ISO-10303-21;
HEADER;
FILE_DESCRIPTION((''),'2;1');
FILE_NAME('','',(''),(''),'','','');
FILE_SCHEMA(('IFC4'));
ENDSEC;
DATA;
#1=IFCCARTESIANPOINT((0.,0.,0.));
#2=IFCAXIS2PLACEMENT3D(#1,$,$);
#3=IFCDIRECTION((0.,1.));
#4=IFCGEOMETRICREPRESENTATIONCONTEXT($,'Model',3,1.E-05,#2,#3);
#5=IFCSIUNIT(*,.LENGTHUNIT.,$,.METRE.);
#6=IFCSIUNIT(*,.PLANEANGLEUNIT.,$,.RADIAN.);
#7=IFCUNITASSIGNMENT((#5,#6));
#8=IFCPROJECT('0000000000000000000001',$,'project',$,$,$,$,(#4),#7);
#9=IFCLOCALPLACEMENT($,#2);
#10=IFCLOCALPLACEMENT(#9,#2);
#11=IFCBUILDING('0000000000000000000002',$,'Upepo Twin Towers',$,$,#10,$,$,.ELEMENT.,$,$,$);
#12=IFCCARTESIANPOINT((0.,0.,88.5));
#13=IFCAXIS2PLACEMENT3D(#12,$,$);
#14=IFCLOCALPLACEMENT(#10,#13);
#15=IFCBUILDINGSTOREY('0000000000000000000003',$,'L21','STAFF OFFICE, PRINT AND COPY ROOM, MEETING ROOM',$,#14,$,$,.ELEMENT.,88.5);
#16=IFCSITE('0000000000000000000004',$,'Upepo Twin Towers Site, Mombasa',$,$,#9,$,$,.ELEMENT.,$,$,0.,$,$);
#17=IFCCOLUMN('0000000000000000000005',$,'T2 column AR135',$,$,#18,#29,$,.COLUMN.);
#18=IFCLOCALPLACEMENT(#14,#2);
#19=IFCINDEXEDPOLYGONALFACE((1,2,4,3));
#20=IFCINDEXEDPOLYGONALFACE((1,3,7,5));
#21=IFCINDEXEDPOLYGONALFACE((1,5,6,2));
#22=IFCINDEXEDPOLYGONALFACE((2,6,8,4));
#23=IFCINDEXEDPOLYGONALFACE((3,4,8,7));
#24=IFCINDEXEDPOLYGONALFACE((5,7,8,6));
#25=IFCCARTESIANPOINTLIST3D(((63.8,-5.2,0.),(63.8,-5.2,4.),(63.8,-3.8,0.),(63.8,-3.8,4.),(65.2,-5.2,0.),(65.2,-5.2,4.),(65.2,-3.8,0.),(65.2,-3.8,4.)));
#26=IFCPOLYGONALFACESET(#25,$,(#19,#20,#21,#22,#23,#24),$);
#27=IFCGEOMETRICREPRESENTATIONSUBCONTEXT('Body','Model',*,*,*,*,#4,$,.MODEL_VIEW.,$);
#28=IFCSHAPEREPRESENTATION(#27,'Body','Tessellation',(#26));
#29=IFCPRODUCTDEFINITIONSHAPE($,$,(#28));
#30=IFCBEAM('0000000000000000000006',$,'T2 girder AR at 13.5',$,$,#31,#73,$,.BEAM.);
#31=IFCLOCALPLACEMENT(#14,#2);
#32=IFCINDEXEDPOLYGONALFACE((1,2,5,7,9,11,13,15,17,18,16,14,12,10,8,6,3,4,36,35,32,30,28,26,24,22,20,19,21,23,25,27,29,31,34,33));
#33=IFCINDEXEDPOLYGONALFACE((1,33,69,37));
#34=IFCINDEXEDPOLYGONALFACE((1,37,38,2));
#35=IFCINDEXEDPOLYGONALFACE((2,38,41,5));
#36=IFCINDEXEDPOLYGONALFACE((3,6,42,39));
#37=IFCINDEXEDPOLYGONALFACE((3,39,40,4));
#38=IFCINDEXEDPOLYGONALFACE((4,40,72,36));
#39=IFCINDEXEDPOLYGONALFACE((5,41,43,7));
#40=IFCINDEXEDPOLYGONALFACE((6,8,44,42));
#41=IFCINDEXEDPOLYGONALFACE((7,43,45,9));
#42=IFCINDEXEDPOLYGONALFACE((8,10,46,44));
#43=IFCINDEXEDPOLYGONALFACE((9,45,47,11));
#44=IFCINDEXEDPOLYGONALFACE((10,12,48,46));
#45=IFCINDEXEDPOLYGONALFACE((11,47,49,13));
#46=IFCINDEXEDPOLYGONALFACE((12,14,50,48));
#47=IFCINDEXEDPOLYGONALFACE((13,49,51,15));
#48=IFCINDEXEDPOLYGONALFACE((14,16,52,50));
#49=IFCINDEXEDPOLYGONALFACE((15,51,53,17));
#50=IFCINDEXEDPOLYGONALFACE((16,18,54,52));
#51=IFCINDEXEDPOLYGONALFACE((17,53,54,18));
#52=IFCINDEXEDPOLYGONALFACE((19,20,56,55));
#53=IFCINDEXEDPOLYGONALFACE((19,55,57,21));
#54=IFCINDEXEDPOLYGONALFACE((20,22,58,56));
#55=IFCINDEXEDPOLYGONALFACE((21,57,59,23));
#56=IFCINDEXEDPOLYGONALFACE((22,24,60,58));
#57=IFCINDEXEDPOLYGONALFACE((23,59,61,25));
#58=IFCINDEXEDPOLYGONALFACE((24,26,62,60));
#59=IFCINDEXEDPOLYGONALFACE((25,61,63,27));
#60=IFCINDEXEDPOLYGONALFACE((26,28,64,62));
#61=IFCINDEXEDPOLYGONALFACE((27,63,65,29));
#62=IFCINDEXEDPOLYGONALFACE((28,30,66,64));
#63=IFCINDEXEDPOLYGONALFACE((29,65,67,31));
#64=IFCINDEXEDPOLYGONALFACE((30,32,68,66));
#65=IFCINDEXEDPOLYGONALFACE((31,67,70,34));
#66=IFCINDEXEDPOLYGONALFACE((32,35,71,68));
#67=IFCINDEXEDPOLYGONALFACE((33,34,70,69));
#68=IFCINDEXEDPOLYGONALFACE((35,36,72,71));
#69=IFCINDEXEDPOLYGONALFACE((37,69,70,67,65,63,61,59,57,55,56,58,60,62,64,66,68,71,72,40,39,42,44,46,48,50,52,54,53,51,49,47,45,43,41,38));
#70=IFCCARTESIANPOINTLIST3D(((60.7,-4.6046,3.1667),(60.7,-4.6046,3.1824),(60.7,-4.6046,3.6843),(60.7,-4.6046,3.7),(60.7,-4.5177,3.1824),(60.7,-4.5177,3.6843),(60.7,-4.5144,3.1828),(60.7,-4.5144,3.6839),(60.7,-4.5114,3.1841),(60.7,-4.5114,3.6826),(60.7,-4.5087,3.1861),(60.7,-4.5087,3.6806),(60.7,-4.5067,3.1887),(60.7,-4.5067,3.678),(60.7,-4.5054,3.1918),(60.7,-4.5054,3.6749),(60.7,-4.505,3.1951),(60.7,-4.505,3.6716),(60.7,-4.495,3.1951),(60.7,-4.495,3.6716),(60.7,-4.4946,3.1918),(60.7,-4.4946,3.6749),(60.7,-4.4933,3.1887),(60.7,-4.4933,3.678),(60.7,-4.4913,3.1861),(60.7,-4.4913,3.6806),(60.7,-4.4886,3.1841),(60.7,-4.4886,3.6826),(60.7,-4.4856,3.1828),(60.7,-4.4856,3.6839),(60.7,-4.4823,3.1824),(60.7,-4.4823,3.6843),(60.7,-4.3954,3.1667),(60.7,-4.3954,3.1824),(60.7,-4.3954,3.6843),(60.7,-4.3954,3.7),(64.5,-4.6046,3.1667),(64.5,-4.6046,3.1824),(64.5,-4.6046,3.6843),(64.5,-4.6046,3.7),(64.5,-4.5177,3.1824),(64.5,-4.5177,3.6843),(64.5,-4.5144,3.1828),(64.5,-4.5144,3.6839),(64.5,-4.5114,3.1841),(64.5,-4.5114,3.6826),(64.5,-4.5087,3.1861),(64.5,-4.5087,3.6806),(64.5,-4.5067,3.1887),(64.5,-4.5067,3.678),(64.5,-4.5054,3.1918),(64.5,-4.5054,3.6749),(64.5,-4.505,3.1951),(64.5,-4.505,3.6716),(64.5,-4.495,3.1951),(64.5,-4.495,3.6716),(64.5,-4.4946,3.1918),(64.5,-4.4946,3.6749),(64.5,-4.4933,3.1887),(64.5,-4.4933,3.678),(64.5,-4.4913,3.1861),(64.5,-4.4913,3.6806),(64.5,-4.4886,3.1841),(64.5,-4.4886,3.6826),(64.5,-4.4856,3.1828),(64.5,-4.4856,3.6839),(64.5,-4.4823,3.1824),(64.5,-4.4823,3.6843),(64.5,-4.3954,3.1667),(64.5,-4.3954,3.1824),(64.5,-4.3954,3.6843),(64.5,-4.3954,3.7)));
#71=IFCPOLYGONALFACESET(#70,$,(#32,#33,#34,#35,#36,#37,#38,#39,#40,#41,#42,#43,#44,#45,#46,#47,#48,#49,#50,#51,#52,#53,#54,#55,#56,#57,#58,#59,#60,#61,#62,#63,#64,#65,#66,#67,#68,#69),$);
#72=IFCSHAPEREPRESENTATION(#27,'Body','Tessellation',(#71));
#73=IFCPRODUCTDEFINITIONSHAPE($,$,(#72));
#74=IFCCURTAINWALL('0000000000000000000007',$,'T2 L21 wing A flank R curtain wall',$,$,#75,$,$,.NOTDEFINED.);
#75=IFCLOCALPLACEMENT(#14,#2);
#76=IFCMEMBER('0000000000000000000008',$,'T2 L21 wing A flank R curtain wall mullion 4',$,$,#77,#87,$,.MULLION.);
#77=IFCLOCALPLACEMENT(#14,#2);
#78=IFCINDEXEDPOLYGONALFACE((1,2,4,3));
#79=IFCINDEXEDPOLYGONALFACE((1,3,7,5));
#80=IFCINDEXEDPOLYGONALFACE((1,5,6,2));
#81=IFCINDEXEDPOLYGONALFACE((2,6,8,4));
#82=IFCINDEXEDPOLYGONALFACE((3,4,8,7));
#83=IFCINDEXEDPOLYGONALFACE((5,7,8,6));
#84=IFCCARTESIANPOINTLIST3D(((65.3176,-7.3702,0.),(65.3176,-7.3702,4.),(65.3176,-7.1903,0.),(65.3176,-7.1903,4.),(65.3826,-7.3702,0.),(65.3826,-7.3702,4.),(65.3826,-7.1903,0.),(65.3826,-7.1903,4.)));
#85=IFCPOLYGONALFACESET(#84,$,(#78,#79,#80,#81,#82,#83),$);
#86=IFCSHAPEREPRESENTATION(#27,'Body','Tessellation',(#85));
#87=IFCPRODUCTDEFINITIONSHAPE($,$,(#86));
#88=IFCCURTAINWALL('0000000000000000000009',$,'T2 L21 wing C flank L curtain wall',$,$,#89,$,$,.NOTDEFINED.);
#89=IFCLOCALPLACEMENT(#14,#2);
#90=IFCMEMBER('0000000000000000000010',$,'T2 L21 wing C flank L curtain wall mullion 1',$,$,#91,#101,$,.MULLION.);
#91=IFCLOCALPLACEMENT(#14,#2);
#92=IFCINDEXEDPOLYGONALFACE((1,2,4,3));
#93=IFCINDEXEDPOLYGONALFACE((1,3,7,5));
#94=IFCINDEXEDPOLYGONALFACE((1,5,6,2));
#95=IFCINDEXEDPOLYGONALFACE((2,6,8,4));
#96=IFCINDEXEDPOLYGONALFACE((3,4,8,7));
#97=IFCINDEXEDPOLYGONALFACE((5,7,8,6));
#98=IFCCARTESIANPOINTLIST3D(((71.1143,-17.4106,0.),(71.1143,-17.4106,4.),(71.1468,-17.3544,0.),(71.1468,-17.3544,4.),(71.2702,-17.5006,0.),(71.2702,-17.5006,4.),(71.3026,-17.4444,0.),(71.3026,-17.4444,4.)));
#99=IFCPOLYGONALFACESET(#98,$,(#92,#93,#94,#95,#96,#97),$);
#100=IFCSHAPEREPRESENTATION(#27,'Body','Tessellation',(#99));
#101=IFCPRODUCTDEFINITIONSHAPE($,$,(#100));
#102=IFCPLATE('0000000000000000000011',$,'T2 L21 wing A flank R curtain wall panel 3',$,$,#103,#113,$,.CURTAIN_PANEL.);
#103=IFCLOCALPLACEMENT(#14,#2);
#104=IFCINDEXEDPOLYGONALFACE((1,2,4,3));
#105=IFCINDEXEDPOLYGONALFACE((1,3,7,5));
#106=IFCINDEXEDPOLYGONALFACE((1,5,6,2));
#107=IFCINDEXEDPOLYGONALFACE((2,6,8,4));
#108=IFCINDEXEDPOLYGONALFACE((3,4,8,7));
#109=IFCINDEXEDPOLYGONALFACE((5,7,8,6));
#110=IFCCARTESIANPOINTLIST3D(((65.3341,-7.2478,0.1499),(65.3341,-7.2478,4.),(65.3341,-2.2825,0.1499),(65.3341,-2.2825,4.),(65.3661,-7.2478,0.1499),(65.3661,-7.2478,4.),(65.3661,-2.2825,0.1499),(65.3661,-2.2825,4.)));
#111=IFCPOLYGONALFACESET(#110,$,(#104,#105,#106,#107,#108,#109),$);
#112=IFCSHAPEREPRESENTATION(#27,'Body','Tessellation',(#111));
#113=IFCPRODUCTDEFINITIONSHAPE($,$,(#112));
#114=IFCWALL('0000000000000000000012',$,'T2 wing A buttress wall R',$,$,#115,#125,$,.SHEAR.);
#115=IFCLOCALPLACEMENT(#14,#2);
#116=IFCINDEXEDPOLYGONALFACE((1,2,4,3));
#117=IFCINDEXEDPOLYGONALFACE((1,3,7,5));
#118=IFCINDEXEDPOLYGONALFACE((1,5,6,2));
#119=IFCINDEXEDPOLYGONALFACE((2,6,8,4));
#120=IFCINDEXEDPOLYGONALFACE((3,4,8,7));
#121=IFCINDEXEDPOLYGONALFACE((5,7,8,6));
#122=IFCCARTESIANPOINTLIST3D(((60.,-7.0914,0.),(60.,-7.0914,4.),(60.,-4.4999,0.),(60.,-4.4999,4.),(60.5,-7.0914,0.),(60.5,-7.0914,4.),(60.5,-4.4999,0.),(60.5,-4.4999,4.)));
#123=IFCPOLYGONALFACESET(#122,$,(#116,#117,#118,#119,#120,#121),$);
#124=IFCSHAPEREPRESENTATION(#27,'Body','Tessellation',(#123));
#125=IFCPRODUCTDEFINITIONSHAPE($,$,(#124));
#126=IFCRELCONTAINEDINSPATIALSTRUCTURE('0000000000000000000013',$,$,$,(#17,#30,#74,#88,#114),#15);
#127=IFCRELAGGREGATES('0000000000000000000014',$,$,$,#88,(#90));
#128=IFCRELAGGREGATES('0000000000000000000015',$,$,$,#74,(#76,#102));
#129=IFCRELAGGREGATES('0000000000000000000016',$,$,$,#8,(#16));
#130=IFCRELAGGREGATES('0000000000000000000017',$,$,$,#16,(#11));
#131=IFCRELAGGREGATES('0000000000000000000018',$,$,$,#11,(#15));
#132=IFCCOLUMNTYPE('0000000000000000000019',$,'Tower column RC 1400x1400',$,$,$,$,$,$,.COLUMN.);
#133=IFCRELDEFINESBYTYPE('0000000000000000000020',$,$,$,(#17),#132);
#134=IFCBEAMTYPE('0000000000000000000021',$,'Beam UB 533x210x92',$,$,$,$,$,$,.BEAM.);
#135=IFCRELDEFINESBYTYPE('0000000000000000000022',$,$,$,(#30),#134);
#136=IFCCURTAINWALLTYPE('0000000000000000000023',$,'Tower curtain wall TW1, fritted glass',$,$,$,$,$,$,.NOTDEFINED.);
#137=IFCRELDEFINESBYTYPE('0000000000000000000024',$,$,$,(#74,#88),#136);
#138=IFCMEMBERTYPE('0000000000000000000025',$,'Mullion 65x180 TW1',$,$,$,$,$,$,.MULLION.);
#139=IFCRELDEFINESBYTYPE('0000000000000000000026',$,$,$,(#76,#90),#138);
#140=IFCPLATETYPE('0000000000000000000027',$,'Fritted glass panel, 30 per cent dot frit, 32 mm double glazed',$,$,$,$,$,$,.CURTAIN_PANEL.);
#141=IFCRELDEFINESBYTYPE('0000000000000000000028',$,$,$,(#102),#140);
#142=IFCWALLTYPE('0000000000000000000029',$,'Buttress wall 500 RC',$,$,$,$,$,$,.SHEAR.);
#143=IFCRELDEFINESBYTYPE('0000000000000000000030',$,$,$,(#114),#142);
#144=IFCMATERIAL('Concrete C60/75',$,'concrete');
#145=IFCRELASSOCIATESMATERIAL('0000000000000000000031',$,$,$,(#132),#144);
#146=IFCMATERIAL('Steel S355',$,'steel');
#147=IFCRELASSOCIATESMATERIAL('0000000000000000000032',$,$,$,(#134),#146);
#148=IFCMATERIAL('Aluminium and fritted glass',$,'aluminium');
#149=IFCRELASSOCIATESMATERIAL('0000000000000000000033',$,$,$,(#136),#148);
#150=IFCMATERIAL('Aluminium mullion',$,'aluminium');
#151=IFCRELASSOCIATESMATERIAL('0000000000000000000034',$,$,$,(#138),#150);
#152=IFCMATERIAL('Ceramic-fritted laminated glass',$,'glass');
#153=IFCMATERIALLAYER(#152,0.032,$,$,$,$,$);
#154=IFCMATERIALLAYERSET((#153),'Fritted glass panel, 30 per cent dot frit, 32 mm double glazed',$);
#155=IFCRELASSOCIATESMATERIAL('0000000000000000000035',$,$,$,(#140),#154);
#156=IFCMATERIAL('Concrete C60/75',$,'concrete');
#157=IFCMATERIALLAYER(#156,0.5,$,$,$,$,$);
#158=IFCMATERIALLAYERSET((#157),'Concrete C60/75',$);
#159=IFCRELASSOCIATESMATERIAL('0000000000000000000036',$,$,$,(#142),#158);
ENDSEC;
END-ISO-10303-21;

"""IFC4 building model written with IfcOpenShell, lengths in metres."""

from ifc_helpers import new_model, si_unit, direction, frame, frame_2d, origin, origin_2d, place, context, subcontext, project, spatial, rectangle, i_section, extrude, material, layer, layer_set, material_profile, profile_set, type_object, element, aggregate, save


model = new_model("IFC4")

# Units and contexts
model_context = context("Model", 3, precision=1e-05, world=origin(), true_north=direction((0.0, 1.0)))
body_context = subcontext(model_context, "Body", "Model", "MODEL_VIEW")
ifc_project = project(units=[si_unit("LENGTHUNIT", "METRE"), si_unit("PLANEANGLEUNIT", "RADIAN")], contexts=[model_context])

# Site, building, storey
site_placement = place(None, origin())
site = spatial("IfcSite", under=ifc_project, at=site_placement, Name="Upepo Twin Towers Site, Mombasa", CompositionType="ELEMENT", RefElevation=0.0)
building_placement = place(site_placement, origin())
building = spatial("IfcBuilding", under=site, at=building_placement, Name="Upepo Twin Towers", CompositionType="ELEMENT")
storey_placement = place(building_placement, frame((0.0, 0.0, 88.5)))
storey = spatial("IfcBuildingStorey", under=building, at=storey_placement, Name="L21", Description="STAFF OFFICE, PRINT AND COPY ROOM, MEETING ROOM", CompositionType="ELEMENT", Elevation=88.5)

# Column
ifc_material_1 = material(Name="Concrete C60/75", Category="concrete")
ifc_material_profile_1 = material_profile(ifc_material_1, rectangle(XDim=1.3999, YDim=1.3999, at=origin_2d()), Name="RC 1400x1400")
ifc_profile_set_1 = profile_set([ifc_material_profile_1], Name="Concrete C60/75")
column_type = type_object("IfcColumnType", Name="Tower column RC 1400x1400", PredefinedType="COLUMN", material=ifc_profile_set_1)
column_placement = place(storey_placement, frame((64.5, -4.5, 0.0), z_axis=(0.0, 0.0, 1.0), x_axis=(1.0, 0.0, 0.0)))
element("IfcColumn", 1, at=column_placement, inside=storey, type_object=column_type, Name="T2 column AR135", PredefinedType="COLUMN", context=body_context, shape_type="SweptSolid", body=[
    extrude(rectangle(XDim=1.3999, YDim=1.3999, at=origin_2d()), origin(), (0.0, 0.0, 1.0), 4.0),
])

# Beam
ifc_material_2 = material(Name="Steel S355", Category="steel")
ifc_material_profile_2 = material_profile(ifc_material_2, i_section(OverallWidth=0.2092, OverallDepth=0.5332, WebThickness=0.01, FlangeThickness=0.0156, FilletRadius=0.0127, at=origin_2d()), Name="UB 533x210x92")
ifc_profile_set_2 = profile_set([ifc_material_profile_2], Name="Steel S355")
beam_type = type_object("IfcBeamType", Name="Beam UB 533x210x92", PredefinedType="BEAM", material=ifc_profile_set_2)
beam_placement = place(storey_placement, frame((64.5, -4.5, 3.4333), z_axis=(-1.0, 0.0, 0.0), x_axis=(0.0, -1.0, 0.0)))
element("IfcBeam", 2, at=beam_placement, inside=storey, type_object=beam_type, Name="T2 girder AR at 13.5", PredefinedType="BEAM", context=body_context, shape_type="SweptSolid", body=[
    extrude(i_section(OverallWidth=0.2092, OverallDepth=0.5332, WebThickness=0.01, FlangeThickness=0.0156, FilletRadius=0.0127, at=origin_2d()), origin(), (0.0, 0.0, 1.0), 3.8),
])

# Curtain walls, members
ifc_material_3 = material(Name="Aluminium and fritted glass", Category="aluminium")
curtain_wall_type = type_object("IfcCurtainWallType", Name="Tower curtain wall TW1, fritted glass", PredefinedType="NOTDEFINED", material=ifc_material_3)
curtain_wall_1_placement = place(storey_placement, origin())
curtain_wall_1 = element("IfcCurtainWall", 3, at=curtain_wall_1_placement, inside=storey, type_object=curtain_wall_type, Name="T2 L21 wing A flank R curtain wall", PredefinedType="NOTDEFINED")
ifc_material_4 = material(Name="Aluminium mullion", Category="aluminium")
ifc_material_profile_3 = material_profile(ifc_material_4, rectangle(XDim=0.0649, YDim=0.1799, at=origin_2d()), Name="MULLION 65x180")
ifc_profile_set_3 = profile_set([ifc_material_profile_3], Name="Aluminium mullion")
member_type = type_object("IfcMemberType", Name="Mullion 65x180 TW1", PredefinedType="MULLION", material=ifc_profile_set_3)
member_1_placement = place(storey_placement, frame((65.3501, -7.2803, 0.0), z_axis=(0.0, 0.0, 1.0), x_axis=(1.0, 0.0, 0.0)))
member_1 = element("IfcMember", 4, at=member_1_placement, type_object=member_type, Name="T2 L21 wing A flank R curtain wall mullion 4", PredefinedType="MULLION", context=body_context, shape_type="SweptSolid", body=[
    extrude(rectangle(XDim=0.0649, YDim=0.1799, at=origin_2d()), origin(), (0.0, 0.0, 1.0), 4.0),
])
curtain_wall_2_placement = place(storey_placement, origin())
curtain_wall_2 = element("IfcCurtainWall", 5, at=curtain_wall_2_placement, inside=storey, type_object=curtain_wall_type, Name="T2 L21 wing C flank L curtain wall", PredefinedType="NOTDEFINED")
member_2_placement = place(storey_placement, frame((71.2085, -17.4275, 0.0), z_axis=(0.0, 0.0, 1.0), x_axis=(0.5, 0.866025, 0.0)))
member_2 = element("IfcMember", 6, at=member_2_placement, type_object=member_type, Name="T2 L21 wing C flank L curtain wall mullion 1", PredefinedType="MULLION", context=body_context, shape_type="SweptSolid", body=[
    extrude(rectangle(XDim=0.0649, YDim=0.1799, at=origin_2d()), origin(), (0.0, 0.0, 1.0), 4.0),
])
aggregate(curtain_wall_2, [member_2])

# Plate
ifc_material_5 = material(Name="Ceramic-fritted laminated glass", Category="glass")
ifc_layer_1 = layer(ifc_material_5, 0.032)
ifc_layer_set_1 = layer_set([ifc_layer_1], Name="Fritted glass panel, 30 per cent dot frit, 32 mm double glazed")
plate_type = type_object("IfcPlateType", Name="Fritted glass panel, 30 per cent dot frit, 32 mm double glazed", PredefinedType="CURTAIN_PANEL", material=ifc_layer_set_1)
plate_placement = place(storey_placement, frame((65.3501, -4.7651, 0.1499), z_axis=(0.0, 0.0, 1.0), x_axis=(0.0, -1.0, 0.0)))
plate = element("IfcPlate", 7, at=plate_placement, type_object=plate_type, Name="T2 L21 wing A flank R curtain wall panel 3", PredefinedType="CURTAIN_PANEL", context=body_context, shape_type="SweptSolid", body=[
    extrude(rectangle(XDim=4.9653, YDim=0.032, at=origin_2d()), origin(), (0.0, 0.0, 1.0), 3.8501),
])
aggregate(curtain_wall_1, [member_1, plate])

# Wall
ifc_material_6 = material(Name="Concrete C60/75", Category="concrete")
ifc_layer_2 = layer(ifc_material_6, 0.5)
ifc_layer_set_2 = layer_set([ifc_layer_2], Name="Concrete C60/75")
wall_type_1 = type_object("IfcWallType", Name="Buttress wall 500 RC", PredefinedType="SHEAR", material=ifc_layer_set_2)
wall_1_placement = place(storey_placement, frame((60.25, -7.0916, 0.0), z_axis=(0.0, 0.0, 1.0), x_axis=(0.0, 1.0, 0.0)))
element("IfcWall", 8, at=wall_1_placement, inside=storey, type_object=wall_type_1, Name="T2 wing A buttress wall R", PredefinedType="SHEAR", context=body_context, shape_type="SweptSolid", body=[
    extrude(rectangle(XDim=2.5916, YDim=0.5, at=frame_2d((1.2959, 0.0))), origin(), (0.0, 0.0, 1.0), 4.0),
])

save(model, "model.ifc")
